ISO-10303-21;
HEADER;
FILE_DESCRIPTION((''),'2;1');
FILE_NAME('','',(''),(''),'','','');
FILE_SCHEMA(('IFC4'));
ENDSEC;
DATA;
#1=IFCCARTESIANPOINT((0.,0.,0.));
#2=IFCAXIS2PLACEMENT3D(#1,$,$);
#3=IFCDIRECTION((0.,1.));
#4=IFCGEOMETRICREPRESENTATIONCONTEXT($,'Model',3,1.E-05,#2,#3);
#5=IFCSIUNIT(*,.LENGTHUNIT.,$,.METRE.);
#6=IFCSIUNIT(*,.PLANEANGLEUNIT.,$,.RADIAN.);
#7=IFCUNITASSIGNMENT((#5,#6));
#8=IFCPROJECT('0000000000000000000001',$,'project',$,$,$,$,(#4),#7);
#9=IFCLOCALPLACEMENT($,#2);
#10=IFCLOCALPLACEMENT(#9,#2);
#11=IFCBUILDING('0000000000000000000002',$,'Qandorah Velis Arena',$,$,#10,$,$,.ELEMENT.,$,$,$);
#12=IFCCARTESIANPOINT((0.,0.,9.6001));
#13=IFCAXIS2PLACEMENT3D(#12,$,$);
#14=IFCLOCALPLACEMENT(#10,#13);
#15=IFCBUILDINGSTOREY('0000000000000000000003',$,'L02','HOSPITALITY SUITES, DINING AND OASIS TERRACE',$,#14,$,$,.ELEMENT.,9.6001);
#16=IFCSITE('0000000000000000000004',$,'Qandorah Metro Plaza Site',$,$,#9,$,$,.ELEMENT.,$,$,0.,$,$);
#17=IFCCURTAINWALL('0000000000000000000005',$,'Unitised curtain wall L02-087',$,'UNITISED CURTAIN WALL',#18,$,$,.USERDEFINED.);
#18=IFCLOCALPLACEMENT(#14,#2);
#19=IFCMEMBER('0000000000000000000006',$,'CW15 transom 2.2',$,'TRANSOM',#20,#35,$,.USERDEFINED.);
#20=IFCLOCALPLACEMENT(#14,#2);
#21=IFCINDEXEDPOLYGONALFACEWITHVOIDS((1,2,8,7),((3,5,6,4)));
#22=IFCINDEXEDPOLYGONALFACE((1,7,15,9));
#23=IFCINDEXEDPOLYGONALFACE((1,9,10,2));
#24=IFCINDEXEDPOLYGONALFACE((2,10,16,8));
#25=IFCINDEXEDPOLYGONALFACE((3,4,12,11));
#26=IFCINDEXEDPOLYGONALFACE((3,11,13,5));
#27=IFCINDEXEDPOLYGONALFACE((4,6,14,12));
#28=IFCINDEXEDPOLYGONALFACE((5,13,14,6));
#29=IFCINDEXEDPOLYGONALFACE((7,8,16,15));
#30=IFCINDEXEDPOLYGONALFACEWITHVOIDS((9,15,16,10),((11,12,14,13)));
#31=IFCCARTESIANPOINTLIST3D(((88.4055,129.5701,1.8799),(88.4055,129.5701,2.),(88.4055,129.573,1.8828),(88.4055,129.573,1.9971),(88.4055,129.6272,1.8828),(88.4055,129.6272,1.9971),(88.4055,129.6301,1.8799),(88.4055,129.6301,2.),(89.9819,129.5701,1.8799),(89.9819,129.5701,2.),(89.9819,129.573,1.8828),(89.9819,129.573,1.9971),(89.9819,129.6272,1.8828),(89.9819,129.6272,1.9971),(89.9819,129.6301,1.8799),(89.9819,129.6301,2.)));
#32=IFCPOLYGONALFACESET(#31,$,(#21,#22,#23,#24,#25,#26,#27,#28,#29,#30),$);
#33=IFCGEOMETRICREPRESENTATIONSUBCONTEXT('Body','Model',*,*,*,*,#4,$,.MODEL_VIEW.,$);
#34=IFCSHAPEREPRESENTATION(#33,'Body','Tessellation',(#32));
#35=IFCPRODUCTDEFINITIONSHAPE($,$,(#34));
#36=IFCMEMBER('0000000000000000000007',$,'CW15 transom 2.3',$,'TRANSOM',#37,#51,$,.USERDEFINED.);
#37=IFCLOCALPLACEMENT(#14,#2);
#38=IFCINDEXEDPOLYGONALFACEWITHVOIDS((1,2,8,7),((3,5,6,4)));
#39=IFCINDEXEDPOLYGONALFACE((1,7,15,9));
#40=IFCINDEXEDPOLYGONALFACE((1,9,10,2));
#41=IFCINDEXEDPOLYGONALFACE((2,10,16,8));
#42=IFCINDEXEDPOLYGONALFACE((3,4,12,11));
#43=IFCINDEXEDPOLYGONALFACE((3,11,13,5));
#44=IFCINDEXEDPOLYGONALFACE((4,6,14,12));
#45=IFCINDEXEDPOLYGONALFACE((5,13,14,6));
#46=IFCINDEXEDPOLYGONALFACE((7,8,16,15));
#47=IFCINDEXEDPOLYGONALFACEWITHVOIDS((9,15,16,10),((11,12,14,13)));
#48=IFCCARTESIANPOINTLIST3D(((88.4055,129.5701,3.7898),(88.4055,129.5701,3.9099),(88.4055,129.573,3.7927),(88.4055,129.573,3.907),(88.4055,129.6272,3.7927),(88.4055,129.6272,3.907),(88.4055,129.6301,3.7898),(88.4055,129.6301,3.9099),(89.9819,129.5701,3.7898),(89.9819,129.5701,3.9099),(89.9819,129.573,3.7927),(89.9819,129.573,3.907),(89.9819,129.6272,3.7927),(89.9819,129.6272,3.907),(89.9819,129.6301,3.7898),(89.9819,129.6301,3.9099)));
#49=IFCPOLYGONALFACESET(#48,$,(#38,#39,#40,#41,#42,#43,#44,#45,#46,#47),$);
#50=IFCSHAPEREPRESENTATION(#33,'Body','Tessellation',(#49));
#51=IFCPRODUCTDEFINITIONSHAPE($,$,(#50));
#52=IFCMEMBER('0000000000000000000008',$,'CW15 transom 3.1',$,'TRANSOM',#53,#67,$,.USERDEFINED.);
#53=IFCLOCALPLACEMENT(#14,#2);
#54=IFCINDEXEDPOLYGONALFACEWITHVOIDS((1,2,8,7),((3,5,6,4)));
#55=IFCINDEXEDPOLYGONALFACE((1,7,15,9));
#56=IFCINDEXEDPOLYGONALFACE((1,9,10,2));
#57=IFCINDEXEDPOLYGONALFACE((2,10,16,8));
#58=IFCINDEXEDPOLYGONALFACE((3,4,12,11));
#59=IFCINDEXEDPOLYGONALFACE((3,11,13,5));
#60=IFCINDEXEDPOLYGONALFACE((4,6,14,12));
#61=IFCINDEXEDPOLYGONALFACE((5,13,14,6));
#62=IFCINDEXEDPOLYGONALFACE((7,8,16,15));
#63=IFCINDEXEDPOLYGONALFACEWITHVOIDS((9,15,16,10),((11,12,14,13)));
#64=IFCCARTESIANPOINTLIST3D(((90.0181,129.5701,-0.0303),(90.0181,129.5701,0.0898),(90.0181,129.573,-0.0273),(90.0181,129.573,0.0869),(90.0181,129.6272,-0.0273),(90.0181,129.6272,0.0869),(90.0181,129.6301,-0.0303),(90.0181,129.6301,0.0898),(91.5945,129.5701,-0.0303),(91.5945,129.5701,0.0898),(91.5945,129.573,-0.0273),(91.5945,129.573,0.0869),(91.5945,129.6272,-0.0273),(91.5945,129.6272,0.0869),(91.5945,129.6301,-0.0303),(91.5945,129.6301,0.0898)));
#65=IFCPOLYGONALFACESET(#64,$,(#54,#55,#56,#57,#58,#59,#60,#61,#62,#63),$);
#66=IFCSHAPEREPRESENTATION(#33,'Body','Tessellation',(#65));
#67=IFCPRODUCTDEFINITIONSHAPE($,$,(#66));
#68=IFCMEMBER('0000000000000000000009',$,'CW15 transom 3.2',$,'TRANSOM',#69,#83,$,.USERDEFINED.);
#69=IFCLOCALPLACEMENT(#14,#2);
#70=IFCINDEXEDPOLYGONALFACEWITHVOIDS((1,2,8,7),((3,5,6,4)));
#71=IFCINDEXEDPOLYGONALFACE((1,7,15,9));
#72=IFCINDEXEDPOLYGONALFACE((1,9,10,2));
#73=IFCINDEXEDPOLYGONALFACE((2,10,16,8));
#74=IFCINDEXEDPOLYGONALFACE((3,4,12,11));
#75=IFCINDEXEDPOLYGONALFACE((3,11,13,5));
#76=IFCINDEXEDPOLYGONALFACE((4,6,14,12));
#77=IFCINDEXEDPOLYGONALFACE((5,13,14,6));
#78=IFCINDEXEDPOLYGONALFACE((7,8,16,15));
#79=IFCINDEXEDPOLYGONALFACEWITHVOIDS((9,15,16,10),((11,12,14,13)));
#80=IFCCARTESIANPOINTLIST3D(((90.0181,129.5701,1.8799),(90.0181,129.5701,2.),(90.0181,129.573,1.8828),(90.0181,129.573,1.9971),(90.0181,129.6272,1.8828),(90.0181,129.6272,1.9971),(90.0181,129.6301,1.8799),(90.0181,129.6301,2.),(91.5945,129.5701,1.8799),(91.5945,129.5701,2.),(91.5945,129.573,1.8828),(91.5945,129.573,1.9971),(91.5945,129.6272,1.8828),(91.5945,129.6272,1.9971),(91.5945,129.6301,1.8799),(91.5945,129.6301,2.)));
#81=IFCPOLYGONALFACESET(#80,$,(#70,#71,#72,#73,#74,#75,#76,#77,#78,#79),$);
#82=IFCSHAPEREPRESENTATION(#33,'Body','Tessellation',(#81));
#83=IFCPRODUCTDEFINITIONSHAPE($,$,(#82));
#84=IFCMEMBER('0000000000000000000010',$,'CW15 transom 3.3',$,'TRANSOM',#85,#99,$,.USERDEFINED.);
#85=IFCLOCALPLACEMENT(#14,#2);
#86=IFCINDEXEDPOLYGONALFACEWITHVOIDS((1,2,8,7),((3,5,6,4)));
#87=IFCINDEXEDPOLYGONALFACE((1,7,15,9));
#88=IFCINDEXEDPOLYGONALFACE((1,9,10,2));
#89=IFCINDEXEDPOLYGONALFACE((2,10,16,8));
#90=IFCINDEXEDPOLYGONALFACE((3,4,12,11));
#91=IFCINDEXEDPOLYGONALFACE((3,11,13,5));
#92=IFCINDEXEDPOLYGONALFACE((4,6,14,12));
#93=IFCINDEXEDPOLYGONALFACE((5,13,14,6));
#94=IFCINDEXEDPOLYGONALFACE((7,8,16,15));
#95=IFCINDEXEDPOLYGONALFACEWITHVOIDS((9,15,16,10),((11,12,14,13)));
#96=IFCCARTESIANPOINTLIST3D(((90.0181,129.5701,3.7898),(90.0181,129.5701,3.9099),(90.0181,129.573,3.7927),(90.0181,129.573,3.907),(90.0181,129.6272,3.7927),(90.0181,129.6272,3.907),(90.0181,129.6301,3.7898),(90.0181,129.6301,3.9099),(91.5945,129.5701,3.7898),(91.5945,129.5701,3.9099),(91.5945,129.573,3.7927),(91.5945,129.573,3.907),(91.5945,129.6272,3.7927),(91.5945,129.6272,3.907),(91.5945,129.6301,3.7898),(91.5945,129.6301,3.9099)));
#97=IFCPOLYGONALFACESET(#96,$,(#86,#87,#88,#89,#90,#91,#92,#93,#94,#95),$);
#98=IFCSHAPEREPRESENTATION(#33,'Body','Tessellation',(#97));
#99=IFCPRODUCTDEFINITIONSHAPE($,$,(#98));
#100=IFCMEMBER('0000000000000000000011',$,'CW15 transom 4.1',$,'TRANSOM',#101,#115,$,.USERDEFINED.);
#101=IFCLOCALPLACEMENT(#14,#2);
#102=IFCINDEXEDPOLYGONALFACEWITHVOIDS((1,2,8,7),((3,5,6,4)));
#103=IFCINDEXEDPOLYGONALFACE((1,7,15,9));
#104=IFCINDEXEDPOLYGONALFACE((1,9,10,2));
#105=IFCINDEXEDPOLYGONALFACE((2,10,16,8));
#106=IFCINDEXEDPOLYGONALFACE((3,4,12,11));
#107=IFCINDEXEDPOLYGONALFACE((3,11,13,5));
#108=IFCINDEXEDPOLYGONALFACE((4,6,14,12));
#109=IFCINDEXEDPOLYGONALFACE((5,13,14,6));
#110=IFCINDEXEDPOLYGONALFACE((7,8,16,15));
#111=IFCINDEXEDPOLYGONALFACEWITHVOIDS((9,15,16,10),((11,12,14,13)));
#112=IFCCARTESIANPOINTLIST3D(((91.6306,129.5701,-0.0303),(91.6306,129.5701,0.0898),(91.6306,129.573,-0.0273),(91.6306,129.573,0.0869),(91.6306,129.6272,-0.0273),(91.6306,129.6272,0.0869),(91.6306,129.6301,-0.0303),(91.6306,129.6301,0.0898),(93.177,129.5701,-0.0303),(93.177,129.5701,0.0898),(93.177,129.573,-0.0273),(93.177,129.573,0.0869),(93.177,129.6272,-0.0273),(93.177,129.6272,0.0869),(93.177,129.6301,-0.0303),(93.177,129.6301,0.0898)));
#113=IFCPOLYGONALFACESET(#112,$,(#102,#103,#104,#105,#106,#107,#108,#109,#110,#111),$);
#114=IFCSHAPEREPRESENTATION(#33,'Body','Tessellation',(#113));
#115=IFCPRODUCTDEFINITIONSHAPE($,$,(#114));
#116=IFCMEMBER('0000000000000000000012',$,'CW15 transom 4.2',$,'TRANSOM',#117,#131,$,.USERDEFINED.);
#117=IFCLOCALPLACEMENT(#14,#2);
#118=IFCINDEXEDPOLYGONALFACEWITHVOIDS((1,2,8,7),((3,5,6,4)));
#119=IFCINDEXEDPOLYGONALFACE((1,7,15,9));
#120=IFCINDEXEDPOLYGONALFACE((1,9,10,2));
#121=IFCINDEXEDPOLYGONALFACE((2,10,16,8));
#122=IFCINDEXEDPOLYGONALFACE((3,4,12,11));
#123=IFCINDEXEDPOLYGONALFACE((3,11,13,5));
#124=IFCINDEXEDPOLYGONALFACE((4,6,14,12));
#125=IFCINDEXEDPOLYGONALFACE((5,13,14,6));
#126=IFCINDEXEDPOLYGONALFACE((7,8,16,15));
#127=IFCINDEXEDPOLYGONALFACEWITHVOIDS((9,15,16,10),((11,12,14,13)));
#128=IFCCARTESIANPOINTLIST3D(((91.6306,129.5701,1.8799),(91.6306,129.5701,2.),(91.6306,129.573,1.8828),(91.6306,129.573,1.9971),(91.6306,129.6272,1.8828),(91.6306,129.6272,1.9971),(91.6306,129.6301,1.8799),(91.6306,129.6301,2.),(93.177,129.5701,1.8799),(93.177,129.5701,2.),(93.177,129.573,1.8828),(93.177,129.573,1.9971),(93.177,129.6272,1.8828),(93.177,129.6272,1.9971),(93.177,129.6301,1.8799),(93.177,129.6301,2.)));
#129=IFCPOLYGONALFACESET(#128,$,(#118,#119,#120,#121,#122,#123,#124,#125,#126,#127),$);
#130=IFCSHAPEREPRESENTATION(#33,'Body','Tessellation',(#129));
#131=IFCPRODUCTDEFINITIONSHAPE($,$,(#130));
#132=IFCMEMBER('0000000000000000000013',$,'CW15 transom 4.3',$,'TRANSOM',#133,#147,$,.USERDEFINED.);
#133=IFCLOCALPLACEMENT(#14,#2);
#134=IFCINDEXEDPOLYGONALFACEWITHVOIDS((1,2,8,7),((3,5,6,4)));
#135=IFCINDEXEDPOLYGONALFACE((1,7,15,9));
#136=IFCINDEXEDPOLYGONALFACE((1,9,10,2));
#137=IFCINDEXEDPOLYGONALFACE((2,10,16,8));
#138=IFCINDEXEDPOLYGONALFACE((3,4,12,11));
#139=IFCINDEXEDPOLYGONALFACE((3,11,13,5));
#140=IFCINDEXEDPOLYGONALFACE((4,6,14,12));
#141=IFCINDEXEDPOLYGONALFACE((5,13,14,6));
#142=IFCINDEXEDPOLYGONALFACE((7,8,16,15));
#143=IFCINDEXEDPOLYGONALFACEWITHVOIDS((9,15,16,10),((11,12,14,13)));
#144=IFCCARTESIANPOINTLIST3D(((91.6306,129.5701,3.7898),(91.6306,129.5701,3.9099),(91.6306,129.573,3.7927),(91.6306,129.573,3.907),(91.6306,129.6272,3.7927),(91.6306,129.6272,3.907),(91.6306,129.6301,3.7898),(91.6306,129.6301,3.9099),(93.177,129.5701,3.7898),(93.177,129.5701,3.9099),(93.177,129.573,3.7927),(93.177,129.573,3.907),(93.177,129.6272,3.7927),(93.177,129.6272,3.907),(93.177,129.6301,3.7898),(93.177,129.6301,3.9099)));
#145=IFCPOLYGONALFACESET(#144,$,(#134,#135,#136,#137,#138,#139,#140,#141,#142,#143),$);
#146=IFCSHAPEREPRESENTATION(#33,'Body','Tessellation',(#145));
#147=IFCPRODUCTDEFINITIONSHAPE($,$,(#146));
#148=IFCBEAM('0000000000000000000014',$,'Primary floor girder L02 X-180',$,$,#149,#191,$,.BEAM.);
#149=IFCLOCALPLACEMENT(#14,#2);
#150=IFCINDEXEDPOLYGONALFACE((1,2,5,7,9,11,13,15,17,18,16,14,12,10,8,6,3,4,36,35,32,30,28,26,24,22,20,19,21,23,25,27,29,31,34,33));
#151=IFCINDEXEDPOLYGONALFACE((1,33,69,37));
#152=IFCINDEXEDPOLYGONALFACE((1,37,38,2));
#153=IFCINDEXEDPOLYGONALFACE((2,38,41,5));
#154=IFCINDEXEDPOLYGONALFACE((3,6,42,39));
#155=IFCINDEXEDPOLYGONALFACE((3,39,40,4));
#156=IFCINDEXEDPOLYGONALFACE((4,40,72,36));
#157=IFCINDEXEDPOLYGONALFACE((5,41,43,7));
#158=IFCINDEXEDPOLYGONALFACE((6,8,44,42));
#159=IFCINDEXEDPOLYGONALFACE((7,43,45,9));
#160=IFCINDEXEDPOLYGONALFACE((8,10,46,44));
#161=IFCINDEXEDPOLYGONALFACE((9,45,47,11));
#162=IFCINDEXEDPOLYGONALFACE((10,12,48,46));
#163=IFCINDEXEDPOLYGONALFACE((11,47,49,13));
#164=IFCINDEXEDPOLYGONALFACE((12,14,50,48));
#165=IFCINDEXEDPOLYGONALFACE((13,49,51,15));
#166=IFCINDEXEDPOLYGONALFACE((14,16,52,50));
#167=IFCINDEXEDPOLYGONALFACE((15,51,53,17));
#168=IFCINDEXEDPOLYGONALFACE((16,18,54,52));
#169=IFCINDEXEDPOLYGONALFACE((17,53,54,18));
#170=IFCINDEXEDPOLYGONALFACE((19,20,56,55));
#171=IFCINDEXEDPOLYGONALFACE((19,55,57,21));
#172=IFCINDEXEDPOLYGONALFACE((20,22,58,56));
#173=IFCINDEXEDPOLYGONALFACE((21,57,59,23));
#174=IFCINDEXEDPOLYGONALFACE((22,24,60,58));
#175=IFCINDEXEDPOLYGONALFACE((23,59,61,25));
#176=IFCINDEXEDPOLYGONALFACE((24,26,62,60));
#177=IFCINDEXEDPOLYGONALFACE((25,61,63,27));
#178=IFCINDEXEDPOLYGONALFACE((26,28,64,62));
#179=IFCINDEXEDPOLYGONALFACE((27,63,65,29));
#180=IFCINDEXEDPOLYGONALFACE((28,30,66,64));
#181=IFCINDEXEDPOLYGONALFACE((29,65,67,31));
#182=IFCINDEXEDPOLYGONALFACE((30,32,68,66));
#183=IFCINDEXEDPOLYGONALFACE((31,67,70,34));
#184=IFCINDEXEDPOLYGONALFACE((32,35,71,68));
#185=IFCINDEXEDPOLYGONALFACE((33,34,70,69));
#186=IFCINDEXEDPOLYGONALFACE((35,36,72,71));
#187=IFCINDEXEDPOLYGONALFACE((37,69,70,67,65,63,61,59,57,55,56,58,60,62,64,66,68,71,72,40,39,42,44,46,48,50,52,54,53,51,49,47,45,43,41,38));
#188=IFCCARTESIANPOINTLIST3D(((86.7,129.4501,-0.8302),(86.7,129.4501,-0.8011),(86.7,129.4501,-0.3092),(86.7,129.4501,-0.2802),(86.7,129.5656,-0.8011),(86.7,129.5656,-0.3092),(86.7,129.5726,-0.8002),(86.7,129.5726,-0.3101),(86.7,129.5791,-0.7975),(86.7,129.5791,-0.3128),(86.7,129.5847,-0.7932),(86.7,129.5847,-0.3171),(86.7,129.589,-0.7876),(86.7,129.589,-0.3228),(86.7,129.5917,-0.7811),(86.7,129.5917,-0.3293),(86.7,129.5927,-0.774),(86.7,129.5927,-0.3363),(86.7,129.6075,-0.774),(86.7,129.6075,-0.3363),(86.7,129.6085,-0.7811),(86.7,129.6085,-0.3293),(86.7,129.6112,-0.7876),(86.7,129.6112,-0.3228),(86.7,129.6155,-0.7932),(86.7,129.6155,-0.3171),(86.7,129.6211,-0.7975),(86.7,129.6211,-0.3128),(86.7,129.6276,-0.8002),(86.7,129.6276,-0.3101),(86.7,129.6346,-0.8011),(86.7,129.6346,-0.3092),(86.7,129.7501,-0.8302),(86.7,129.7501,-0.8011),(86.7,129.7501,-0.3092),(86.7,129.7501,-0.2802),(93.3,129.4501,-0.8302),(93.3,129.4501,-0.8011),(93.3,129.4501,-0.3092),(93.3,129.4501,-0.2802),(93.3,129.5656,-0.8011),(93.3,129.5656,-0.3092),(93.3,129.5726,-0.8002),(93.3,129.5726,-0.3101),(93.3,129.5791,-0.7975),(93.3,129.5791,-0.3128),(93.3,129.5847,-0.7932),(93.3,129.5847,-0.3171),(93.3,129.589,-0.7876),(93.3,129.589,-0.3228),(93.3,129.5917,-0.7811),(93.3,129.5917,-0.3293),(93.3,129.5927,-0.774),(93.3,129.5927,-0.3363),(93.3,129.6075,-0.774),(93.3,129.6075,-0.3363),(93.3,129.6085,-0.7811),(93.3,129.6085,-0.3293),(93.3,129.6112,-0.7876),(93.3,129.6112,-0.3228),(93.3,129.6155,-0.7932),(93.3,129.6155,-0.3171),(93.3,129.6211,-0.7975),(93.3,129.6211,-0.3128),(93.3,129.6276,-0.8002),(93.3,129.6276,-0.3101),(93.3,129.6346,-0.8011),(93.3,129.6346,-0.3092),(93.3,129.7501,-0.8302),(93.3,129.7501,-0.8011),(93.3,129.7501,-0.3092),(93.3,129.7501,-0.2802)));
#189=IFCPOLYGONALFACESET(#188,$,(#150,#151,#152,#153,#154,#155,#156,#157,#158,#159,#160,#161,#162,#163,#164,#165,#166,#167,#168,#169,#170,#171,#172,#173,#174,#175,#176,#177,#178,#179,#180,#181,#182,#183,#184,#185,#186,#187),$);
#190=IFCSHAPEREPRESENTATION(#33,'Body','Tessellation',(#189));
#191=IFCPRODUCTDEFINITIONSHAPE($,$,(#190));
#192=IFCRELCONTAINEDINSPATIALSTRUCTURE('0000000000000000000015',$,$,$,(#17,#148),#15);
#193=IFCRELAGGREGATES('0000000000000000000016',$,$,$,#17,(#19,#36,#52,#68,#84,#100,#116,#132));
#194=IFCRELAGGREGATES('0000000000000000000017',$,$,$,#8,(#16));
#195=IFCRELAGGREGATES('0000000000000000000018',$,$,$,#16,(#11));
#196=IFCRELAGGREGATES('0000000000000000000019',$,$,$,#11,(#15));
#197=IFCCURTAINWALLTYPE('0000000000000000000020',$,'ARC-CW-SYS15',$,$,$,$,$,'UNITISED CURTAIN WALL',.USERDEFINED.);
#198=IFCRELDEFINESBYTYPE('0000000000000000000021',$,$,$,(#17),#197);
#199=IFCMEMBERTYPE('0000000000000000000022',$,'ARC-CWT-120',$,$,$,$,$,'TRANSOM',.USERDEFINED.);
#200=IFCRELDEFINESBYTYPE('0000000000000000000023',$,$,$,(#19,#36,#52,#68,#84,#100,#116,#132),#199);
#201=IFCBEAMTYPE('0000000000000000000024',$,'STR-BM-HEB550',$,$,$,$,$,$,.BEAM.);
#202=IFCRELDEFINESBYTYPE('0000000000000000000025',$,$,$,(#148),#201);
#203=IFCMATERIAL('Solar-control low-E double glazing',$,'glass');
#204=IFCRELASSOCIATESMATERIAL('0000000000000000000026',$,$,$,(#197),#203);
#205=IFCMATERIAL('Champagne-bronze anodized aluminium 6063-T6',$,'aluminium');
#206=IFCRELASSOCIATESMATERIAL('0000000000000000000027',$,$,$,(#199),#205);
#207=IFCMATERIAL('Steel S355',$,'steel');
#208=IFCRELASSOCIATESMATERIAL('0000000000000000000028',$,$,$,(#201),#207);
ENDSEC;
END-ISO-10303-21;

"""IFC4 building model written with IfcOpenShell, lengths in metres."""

from ifc_helpers import new_model, si_unit, direction, frame, origin, origin_2d, place, context, subcontext, project, spatial, hollow_rectangle, i_section, extrude, material, material_profile, profile_set, type_object, element, aggregate, save


model = new_model("IFC4")

# Units and contexts
model_context = context("Model", 3, precision=1e-05, world=origin(), true_north=direction((0.0, 1.0)))
body_context = subcontext(model_context, "Body", "Model", "MODEL_VIEW")
ifc_project = project(units=[si_unit("LENGTHUNIT", "METRE"), si_unit("PLANEANGLEUNIT", "RADIAN")], contexts=[model_context])

# Site, building, storey
site_placement = place(None, origin())
site = spatial("IfcSite", under=ifc_project, at=site_placement, Name="Qandorah Metro Plaza Site", CompositionType="ELEMENT", RefElevation=0.0)
building_placement = place(site_placement, origin())
building = spatial("IfcBuilding", under=site, at=building_placement, Name="Qandorah Velis Arena", CompositionType="ELEMENT")
storey_placement = place(building_placement, frame((0.0, 0.0, 9.6001)))
storey = spatial("IfcBuildingStorey", under=building, at=storey_placement, Name="L02", Description="HOSPITALITY SUITES, DINING AND OASIS TERRACE", CompositionType="ELEMENT", Elevation=9.6001)

# Curtain wall, members
ifc_material_1 = material(Name="Solar-control low-E double glazing", Category="glass")
curtain_wall_type = type_object("IfcCurtainWallType", Name="ARC-CW-SYS15", ElementType="UNITISED CURTAIN WALL", PredefinedType="USERDEFINED", material=ifc_material_1)
curtain_wall_placement = place(storey_placement, origin())
curtain_wall = element("IfcCurtainWall", 1, at=curtain_wall_placement, inside=storey, type_object=curtain_wall_type, Name="Unitised curtain wall L02-087", ObjectType="UNITISED CURTAIN WALL", PredefinedType="USERDEFINED")
ifc_material_2 = material(Name="Champagne-bronze anodized aluminium 6063-T6", Category="aluminium")
ifc_material_profile_1 = material_profile(ifc_material_2, hollow_rectangle(XDim=0.0601, YDim=0.1201, WallThickness=0.0029, at=origin_2d()), Name="ALU TRANSOM 60x120")
ifc_profile_set_1 = profile_set([ifc_material_profile_1], Name="Champagne-bronze anodized aluminium 6063-T6")
member_type_1 = type_object("IfcMemberType", Name="ARC-CWT-120", ElementType="TRANSOM", PredefinedType="USERDEFINED", material=ifc_profile_set_1)
member_1_placement = place(storey_placement, frame((88.4055, 129.6001, 1.9399), z_axis=(1.0, 0.0, 0.0), x_axis=(0.0, 1.0, 0.0)))
member_1 = element("IfcMember", 2, at=member_1_placement, type_object=member_type_1, Name="CW15 transom 2.2", ObjectType="TRANSOM", PredefinedType="USERDEFINED", context=body_context, shape_type="SweptSolid", body=[
    extrude(hollow_rectangle(XDim=0.0601, YDim=0.1201, WallThickness=0.0029, at=origin_2d()), origin(), (0.0, 0.0, 1.0), 1.5764),
])
member_2_placement = place(storey_placement, frame((88.4055, 129.6001, 3.8499), z_axis=(1.0, 0.0, 0.0), x_axis=(0.0, 1.0, 0.0)))
member_2 = element("IfcMember", 3, at=member_2_placement, type_object=member_type_1, Name="CW15 transom 2.3", ObjectType="TRANSOM", PredefinedType="USERDEFINED", context=body_context, shape_type="SweptSolid", body=[
    extrude(hollow_rectangle(XDim=0.0601, YDim=0.1201, WallThickness=0.0029, at=origin_2d()), origin(), (0.0, 0.0, 1.0), 1.5764),
])
member_3_placement = place(storey_placement, frame((90.0181, 129.6001, 0.0298), z_axis=(1.0, 0.0, 0.0), x_axis=(0.0, 1.0, 0.0)))
member_3 = element("IfcMember", 4, at=member_3_placement, type_object=member_type_1, Name="CW15 transom 3.1", ObjectType="TRANSOM", PredefinedType="USERDEFINED", context=body_context, shape_type="SweptSolid", body=[
    extrude(hollow_rectangle(XDim=0.0601, YDim=0.1201, WallThickness=0.0029, at=origin_2d()), origin(), (0.0, 0.0, 1.0), 1.5764),
])
member_4_placement = place(storey_placement, frame((90.0181, 129.6001, 1.9399), z_axis=(1.0, 0.0, 0.0), x_axis=(0.0, 1.0, 0.0)))
member_4 = element("IfcMember", 5, at=member_4_placement, type_object=member_type_1, Name="CW15 transom 3.2", ObjectType="TRANSOM", PredefinedType="USERDEFINED", context=body_context, shape_type="SweptSolid", body=[
    extrude(hollow_rectangle(XDim=0.0601, YDim=0.1201, WallThickness=0.0029, at=origin_2d()), origin(), (0.0, 0.0, 1.0), 1.5764),
])
member_5_placement = place(storey_placement, frame((90.0181, 129.6001, 3.8499), z_axis=(1.0, 0.0, 0.0), x_axis=(0.0, 1.0, 0.0)))
member_5 = element("IfcMember", 6, at=member_5_placement, type_object=member_type_1, Name="CW15 transom 3.3", ObjectType="TRANSOM", PredefinedType="USERDEFINED", context=body_context, shape_type="SweptSolid", body=[
    extrude(hollow_rectangle(XDim=0.0601, YDim=0.1201, WallThickness=0.0029, at=origin_2d()), origin(), (0.0, 0.0, 1.0), 1.5764),
])
member_6_placement = place(storey_placement, frame((91.6306, 129.6001, 0.0298), z_axis=(1.0, 0.0, 0.0), x_axis=(0.0, 1.0, 0.0)))
member_6 = element("IfcMember", 7, at=member_6_placement, type_object=member_type_1, Name="CW15 transom 4.1", ObjectType="TRANSOM", PredefinedType="USERDEFINED", context=body_context, shape_type="SweptSolid", body=[
    extrude(hollow_rectangle(XDim=0.0601, YDim=0.1201, WallThickness=0.0029, at=origin_2d()), origin(), (0.0, 0.0, 1.0), 1.5464),
])
member_7_placement = place(storey_placement, frame((91.6306, 129.6001, 1.9399), z_axis=(1.0, 0.0, 0.0), x_axis=(0.0, 1.0, 0.0)))
member_7 = element("IfcMember", 8, at=member_7_placement, type_object=member_type_1, Name="CW15 transom 4.2", ObjectType="TRANSOM", PredefinedType="USERDEFINED", context=body_context, shape_type="SweptSolid", body=[
    extrude(hollow_rectangle(XDim=0.0601, YDim=0.1201, WallThickness=0.0029, at=origin_2d()), origin(), (0.0, 0.0, 1.0), 1.5464),
])
member_8_placement = place(storey_placement, frame((91.6306, 129.6001, 3.8499), z_axis=(1.0, 0.0, 0.0), x_axis=(0.0, 1.0, 0.0)))
member_8 = element("IfcMember", 9, at=member_8_placement, type_object=member_type_1, Name="CW15 transom 4.3", ObjectType="TRANSOM", PredefinedType="USERDEFINED", context=body_context, shape_type="SweptSolid", body=[
    extrude(hollow_rectangle(XDim=0.0601, YDim=0.1201, WallThickness=0.0029, at=origin_2d()), origin(), (0.0, 0.0, 1.0), 1.5464),
])

# Beam
ifc_material_3 = material(Name="Steel S355", Category="steel")
ifc_material_profile_2 = material_profile(ifc_material_3, i_section(OverallWidth=0.3, OverallDepth=0.55, WebThickness=0.0149, FlangeThickness=0.0291, FilletRadius=0.0271, at=origin_2d()), Name="HEB 550")
ifc_profile_set_2 = profile_set([ifc_material_profile_2], Name="Steel S355")
beam_type_1 = type_object("IfcBeamType", Name="STR-BM-HEB550", PredefinedType="BEAM", material=ifc_profile_set_2)
for number, where, z_axis, x_axis, name in (
    (10, (86.7, 129.6001, -0.5552), (1.0, 0.0, 0.0), (0.0, 1.0, 0.0), "Primary floor girder L02 X-180"),
):
    element("IfcBeam", number, at=place(storey_placement, frame(where, z_axis=z_axis, x_axis=x_axis)), inside=storey, type_object=beam_type_1, Name=name, PredefinedType="BEAM", context=body_context, shape_type="SweptSolid", body=[
        extrude(i_section(OverallWidth=0.3, OverallDepth=0.55, WebThickness=0.0149, FlangeThickness=0.0291, FilletRadius=0.0271, at=origin_2d()), origin(), (0.0, 0.0, 1.0), 6.6001),
    ])

aggregate(curtain_wall, [member_1, member_2, member_3, member_4, member_5, member_6, member_7, member_8])

save(model, "model.ifc")
